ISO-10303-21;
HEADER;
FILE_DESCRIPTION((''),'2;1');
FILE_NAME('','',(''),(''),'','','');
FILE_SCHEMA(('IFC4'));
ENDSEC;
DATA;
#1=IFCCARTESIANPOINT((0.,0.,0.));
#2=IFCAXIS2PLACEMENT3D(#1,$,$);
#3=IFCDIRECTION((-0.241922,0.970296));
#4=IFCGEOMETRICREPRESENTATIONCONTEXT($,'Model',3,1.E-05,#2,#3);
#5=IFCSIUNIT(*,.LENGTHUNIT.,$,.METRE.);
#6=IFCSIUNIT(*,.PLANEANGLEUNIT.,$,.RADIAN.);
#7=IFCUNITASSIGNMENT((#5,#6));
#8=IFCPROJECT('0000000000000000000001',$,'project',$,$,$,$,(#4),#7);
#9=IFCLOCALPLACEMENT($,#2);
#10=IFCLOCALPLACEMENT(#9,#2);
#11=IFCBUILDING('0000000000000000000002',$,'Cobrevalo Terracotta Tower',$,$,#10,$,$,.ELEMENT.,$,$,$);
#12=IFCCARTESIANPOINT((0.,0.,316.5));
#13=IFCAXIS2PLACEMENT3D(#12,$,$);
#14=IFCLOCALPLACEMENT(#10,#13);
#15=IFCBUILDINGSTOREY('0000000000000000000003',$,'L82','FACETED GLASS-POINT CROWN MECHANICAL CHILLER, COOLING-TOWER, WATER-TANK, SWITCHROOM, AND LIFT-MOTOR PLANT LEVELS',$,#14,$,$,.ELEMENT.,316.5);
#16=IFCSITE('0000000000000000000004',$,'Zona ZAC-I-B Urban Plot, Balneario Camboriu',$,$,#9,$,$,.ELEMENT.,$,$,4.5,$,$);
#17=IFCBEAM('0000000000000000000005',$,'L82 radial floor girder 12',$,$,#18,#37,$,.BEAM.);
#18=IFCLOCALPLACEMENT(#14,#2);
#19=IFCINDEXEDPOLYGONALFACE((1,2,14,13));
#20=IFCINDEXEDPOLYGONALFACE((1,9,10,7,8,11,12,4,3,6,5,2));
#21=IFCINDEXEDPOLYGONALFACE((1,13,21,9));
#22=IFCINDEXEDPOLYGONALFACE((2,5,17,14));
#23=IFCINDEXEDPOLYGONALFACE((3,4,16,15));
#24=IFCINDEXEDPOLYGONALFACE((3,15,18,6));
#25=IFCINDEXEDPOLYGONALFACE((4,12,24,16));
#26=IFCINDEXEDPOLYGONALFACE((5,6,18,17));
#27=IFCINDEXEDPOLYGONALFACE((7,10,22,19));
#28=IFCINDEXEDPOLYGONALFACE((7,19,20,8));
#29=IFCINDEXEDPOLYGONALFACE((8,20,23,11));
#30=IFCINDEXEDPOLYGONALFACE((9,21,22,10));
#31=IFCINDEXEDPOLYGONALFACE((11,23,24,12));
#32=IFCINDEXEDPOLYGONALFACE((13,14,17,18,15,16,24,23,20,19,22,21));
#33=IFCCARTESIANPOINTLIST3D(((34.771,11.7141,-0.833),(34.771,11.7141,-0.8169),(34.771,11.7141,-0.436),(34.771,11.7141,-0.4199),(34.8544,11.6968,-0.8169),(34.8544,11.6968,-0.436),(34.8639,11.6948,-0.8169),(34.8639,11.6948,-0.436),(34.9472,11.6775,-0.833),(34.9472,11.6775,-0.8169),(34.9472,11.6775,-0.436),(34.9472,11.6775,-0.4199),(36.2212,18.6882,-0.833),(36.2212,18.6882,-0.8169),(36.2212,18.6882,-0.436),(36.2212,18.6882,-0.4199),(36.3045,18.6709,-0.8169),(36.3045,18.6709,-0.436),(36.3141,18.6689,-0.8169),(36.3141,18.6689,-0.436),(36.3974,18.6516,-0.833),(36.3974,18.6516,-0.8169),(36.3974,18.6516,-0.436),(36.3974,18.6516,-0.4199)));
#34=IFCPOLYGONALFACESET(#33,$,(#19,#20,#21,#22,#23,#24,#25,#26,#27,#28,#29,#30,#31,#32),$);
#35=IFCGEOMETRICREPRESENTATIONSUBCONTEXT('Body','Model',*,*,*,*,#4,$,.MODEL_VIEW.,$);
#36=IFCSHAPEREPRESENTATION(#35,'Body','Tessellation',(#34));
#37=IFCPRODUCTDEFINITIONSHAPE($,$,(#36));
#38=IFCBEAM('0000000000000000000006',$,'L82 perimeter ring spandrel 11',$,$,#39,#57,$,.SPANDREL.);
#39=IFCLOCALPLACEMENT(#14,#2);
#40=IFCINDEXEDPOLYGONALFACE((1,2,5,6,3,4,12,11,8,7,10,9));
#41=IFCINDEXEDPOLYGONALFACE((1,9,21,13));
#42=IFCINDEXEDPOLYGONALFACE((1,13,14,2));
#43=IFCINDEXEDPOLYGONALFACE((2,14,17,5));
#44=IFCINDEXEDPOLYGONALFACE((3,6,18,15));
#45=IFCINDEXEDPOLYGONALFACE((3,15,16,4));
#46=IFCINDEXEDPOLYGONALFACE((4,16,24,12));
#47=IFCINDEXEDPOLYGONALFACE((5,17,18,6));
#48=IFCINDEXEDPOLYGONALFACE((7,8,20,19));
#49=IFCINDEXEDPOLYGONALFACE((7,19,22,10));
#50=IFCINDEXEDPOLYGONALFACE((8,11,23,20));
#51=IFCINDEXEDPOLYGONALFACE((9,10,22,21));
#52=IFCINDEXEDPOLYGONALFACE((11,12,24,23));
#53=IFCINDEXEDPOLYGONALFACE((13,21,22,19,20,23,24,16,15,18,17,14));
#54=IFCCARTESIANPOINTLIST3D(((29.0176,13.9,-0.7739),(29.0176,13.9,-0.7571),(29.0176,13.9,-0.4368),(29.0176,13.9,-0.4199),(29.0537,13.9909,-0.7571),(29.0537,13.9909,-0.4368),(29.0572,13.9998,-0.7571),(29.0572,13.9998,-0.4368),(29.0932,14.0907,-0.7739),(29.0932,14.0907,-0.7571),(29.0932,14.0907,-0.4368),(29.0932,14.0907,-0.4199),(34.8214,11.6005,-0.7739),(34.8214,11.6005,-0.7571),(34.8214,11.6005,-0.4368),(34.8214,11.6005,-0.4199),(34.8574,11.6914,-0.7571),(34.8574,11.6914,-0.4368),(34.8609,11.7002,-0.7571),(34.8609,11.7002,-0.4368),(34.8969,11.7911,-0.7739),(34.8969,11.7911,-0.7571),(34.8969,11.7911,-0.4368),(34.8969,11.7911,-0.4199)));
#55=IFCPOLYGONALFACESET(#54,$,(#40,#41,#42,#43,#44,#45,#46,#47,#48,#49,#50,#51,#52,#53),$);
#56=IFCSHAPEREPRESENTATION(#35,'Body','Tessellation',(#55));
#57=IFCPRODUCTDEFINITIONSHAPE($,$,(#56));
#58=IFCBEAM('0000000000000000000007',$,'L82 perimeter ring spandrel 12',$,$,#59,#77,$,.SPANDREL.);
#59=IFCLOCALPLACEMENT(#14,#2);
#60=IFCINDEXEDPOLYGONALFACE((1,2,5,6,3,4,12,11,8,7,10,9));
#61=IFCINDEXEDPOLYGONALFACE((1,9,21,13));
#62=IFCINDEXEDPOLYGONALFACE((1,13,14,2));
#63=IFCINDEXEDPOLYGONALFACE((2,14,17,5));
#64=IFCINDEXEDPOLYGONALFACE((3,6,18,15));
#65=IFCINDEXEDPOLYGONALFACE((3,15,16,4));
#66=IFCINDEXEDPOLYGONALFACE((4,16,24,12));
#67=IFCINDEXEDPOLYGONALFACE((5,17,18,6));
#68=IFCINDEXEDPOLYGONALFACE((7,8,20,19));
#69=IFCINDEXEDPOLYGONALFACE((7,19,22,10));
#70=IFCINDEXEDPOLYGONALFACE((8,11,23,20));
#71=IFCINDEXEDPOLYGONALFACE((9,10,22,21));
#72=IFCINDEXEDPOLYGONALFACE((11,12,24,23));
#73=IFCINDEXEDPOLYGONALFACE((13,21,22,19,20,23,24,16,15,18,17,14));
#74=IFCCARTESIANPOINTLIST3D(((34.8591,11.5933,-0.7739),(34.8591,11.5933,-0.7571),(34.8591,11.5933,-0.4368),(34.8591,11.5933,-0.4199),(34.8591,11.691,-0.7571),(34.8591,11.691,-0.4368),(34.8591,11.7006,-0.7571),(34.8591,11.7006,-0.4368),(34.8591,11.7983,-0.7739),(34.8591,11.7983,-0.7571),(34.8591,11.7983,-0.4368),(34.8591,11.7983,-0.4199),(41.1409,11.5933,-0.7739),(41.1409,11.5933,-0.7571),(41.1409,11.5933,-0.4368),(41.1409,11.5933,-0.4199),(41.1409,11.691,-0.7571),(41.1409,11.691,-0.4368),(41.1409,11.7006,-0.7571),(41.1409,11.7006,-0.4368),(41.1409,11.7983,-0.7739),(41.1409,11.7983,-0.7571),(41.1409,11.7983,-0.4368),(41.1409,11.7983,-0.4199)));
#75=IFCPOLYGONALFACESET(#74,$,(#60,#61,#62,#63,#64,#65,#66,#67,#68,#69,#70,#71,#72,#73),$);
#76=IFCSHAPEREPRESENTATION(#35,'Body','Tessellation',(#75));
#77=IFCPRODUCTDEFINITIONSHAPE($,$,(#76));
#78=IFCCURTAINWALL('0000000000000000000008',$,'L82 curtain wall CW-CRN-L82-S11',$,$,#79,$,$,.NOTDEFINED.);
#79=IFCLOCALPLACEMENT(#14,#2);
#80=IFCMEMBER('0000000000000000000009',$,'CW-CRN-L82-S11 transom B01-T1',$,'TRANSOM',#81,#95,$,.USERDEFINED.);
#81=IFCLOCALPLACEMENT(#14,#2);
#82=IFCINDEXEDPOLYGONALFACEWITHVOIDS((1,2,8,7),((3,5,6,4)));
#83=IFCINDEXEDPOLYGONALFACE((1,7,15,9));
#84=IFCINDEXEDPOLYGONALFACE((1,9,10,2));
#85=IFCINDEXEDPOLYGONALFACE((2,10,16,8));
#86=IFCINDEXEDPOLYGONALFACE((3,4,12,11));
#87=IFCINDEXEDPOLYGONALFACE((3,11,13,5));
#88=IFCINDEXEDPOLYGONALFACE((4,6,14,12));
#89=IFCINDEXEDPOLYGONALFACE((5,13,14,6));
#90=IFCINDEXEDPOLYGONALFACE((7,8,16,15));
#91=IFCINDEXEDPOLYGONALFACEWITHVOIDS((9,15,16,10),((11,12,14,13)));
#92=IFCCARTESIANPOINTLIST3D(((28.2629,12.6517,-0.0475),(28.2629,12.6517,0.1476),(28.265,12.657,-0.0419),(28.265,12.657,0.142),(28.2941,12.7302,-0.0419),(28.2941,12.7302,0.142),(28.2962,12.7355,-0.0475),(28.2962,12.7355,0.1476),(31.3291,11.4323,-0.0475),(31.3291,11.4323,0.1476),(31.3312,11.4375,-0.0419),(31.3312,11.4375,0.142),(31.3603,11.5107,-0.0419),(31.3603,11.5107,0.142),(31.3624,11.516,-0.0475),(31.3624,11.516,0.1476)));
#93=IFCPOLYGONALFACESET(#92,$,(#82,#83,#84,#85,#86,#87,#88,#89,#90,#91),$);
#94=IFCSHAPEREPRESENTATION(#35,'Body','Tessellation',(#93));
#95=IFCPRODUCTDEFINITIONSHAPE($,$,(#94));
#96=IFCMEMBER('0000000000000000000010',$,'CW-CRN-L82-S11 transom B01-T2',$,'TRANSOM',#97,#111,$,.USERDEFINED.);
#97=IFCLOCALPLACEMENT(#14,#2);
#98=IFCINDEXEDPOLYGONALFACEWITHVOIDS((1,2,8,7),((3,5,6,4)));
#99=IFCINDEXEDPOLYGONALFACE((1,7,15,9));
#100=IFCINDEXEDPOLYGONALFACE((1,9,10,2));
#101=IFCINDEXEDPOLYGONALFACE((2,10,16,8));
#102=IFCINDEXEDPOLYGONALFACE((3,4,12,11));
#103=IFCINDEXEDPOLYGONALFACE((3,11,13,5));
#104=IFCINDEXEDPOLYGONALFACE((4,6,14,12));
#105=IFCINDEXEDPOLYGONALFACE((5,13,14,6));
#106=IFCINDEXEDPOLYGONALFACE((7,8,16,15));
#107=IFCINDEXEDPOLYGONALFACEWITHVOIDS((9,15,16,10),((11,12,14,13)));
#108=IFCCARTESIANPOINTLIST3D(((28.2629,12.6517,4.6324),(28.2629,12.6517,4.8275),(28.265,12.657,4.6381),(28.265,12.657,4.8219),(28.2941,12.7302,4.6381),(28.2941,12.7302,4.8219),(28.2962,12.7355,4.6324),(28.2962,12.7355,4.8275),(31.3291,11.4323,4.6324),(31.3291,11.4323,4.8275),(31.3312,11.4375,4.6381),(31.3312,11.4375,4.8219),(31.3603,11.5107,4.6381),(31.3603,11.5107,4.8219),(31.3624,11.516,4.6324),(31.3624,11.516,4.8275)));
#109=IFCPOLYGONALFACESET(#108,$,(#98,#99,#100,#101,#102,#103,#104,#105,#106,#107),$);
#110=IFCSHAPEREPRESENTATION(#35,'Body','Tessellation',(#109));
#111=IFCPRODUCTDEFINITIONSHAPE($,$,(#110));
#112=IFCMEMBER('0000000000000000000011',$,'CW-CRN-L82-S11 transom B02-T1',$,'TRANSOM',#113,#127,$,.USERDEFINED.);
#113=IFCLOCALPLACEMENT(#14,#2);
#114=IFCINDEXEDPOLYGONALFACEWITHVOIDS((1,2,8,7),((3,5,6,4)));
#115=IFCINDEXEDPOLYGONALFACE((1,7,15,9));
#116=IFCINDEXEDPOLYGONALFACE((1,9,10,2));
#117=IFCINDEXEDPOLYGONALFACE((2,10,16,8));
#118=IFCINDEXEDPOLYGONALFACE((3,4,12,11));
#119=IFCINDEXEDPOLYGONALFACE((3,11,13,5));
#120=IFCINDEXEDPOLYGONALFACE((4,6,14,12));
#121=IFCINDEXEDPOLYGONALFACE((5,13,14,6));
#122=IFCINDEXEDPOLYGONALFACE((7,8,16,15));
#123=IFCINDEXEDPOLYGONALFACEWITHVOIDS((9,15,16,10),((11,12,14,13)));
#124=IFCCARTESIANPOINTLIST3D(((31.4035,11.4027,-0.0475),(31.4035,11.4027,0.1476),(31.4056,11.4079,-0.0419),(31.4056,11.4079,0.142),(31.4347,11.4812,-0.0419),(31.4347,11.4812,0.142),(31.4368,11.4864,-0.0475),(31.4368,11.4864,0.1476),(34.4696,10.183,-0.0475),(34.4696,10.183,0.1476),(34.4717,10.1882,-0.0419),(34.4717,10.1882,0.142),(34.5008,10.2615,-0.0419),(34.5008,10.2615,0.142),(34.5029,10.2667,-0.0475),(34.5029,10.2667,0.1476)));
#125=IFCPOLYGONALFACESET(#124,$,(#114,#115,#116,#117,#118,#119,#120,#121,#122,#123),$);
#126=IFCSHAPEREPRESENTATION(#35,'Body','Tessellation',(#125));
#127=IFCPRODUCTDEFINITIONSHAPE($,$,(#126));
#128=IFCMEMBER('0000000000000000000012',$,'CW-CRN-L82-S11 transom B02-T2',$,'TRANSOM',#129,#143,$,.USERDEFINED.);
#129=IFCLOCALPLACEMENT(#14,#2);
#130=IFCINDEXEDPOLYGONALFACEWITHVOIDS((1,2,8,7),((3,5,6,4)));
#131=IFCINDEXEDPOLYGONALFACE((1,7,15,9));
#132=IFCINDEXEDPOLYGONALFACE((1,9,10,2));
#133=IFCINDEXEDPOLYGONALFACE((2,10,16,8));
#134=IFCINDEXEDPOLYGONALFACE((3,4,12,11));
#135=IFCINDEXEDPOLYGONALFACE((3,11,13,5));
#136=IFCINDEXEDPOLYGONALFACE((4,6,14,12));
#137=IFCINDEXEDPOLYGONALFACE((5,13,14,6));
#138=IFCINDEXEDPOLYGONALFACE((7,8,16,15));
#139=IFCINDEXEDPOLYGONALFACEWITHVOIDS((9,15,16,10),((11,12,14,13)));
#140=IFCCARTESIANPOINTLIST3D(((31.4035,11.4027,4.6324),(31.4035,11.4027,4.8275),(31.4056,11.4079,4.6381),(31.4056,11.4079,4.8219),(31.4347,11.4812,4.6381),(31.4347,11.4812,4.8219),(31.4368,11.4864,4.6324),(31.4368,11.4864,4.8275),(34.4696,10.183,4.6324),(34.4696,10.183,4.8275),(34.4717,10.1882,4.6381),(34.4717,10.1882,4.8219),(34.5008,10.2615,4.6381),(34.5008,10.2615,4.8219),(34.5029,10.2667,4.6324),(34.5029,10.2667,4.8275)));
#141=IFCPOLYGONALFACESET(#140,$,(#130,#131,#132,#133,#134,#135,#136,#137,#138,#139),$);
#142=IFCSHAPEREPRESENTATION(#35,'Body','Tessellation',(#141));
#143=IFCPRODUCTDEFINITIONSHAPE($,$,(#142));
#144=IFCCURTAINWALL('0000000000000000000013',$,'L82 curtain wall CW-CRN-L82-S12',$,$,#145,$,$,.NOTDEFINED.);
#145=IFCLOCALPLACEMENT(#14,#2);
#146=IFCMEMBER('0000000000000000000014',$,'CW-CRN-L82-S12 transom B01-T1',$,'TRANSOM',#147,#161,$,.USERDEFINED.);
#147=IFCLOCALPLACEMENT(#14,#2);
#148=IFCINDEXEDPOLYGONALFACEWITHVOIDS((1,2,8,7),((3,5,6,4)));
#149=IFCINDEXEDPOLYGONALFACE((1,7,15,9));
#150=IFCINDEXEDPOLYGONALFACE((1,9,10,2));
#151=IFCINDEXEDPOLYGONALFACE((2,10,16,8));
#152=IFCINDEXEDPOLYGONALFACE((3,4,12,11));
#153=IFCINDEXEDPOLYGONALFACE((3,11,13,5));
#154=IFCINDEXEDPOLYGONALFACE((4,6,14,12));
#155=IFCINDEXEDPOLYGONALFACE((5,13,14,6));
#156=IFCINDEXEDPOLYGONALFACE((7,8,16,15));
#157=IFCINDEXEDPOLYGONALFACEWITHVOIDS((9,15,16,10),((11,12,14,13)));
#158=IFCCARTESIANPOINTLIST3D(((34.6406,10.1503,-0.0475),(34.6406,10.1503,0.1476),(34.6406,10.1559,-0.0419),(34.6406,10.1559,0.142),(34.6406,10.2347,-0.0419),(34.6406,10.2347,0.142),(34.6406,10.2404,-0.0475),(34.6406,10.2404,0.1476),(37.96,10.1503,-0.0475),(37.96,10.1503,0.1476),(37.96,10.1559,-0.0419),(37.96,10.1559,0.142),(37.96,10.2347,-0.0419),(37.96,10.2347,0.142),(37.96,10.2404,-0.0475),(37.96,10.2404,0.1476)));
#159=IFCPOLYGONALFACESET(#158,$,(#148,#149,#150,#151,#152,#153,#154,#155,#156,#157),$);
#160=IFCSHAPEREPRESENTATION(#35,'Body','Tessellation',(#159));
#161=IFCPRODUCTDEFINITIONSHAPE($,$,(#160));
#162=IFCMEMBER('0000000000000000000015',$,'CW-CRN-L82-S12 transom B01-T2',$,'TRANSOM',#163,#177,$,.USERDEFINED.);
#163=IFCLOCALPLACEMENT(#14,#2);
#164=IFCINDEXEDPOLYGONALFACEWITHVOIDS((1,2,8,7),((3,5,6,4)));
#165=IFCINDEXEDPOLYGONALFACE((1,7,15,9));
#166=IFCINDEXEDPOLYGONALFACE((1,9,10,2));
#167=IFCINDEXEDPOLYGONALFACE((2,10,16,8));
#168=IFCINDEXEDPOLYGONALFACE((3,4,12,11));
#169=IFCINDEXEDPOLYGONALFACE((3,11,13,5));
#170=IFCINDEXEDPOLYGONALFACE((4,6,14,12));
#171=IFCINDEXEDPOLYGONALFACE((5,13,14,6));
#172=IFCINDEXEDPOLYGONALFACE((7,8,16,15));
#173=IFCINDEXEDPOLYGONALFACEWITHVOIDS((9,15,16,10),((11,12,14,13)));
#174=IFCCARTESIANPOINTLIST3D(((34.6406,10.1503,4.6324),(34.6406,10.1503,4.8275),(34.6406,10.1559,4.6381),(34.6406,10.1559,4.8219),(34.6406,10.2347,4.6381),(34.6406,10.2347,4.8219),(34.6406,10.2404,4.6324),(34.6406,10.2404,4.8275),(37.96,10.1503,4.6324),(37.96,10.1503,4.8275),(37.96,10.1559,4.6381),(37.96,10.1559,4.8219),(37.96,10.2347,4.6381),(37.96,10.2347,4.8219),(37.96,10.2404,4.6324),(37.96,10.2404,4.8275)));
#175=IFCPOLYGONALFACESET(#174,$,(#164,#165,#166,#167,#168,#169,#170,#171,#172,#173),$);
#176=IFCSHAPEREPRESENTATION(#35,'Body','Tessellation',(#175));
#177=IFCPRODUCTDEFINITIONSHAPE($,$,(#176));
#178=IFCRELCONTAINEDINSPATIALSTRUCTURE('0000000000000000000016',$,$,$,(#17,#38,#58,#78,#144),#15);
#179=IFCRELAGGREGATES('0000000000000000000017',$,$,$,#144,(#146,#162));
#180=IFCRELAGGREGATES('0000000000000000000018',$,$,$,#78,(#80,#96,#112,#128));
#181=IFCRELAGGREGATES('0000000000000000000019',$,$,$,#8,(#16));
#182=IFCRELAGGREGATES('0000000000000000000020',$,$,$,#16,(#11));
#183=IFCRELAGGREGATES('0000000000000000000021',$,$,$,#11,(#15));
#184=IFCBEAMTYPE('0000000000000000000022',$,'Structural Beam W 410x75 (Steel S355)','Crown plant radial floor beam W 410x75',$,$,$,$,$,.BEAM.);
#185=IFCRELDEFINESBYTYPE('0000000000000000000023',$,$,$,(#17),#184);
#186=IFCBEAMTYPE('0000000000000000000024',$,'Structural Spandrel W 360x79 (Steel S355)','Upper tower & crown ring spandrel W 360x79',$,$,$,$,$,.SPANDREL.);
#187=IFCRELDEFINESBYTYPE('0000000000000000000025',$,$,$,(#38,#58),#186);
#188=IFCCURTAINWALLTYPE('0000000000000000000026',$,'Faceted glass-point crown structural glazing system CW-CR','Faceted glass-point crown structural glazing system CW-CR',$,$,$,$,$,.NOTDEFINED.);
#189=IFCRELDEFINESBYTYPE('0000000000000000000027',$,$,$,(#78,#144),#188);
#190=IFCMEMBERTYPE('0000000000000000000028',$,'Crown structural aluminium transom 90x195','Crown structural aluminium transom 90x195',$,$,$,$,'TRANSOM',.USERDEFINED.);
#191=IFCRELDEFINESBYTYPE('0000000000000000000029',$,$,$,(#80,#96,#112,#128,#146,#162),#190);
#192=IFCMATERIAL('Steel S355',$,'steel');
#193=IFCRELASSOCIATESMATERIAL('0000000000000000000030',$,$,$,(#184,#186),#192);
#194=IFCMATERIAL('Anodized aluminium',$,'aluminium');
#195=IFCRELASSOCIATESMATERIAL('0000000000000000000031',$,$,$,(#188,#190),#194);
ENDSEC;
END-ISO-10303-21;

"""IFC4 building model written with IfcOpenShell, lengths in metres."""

from ifc_helpers import new_model, si_unit, direction, frame, origin, origin_2d, place, context, subcontext, project, spatial, hollow_rectangle, i_section, extrude, source, transform, mapped, material, material_profile, profile_set, type_object, element, aggregate, save


model = new_model("IFC4")

# Units and contexts
model_context = context("Model", 3, precision=1e-05, world=origin(), true_north=direction((-0.241922, 0.970296)))
body_context = subcontext(model_context, "Body", "Model", "MODEL_VIEW")
ifc_project = project(units=[si_unit("LENGTHUNIT", "METRE"), si_unit("PLANEANGLEUNIT", "RADIAN")], contexts=[model_context])

# Site, building, storey
site_placement = place(None, origin())
site = spatial("IfcSite", under=ifc_project, at=site_placement, Name="Zona ZAC-I-B Urban Plot, Balneario Camboriu", CompositionType="ELEMENT", RefElevation=4.5)
building_placement = place(site_placement, origin())
building = spatial("IfcBuilding", under=site, at=building_placement, Name="Cobrevalo Terracotta Tower", CompositionType="ELEMENT")
storey_placement = place(building_placement, frame((0.0, 0.0, 316.5)))
storey = spatial("IfcBuildingStorey", under=building, at=storey_placement, Name="L82", Description="FACETED GLASS-POINT CROWN MECHANICAL CHILLER, COOLING-TOWER, WATER-TANK, SWITCHROOM, AND LIFT-MOTOR PLANT LEVELS", CompositionType="ELEMENT", Elevation=316.5)

# Shared definitions
ifc_material_1 = material(Name="Steel S355", Category="steel")

# Beams
ifc_material_profile_1 = material_profile(ifc_material_1, i_section(OverallWidth=0.1799, OverallDepth=0.4131, WebThickness=0.0098, FlangeThickness=0.0161, at=origin_2d()), Name="W 410x75")
ifc_profile_set_1 = profile_set([ifc_material_profile_1], Name="Steel S355")
beam_type_1 = type_object("IfcBeamType", Name="Structural Beam W 410x75 (Steel S355)", Description="Crown plant radial floor beam W 410x75", PredefinedType="BEAM", material=ifc_profile_set_1)
beam_1_placement = place(storey_placement, frame((34.8591, 11.6958, -0.6265), z_axis=(0.203585, 0.979057, 0.0), x_axis=(-0.979057, 0.203585, 0.0)))
element("IfcBeam", 1, at=beam_1_placement, inside=storey, type_object=beam_type_1, Name="L82 radial floor girder 12", PredefinedType="BEAM", context=body_context, shape_type="SweptSolid", body=[
    extrude(i_section(OverallWidth=0.1799, OverallDepth=0.4131, WebThickness=0.0098, FlangeThickness=0.0161, at=origin_2d()), origin(), (0.0, 0.0, 1.0), 7.1233),
])
ifc_material_profile_2 = material_profile(ifc_material_1, i_section(OverallWidth=0.2051, OverallDepth=0.354, WebThickness=0.0095, FlangeThickness=0.0168, at=origin_2d()), Name="W 360x79")
ifc_profile_set_2 = profile_set([ifc_material_profile_2], Name="Steel S355")
beam_type_2 = type_object("IfcBeamType", Name="Structural Spandrel W 360x79 (Steel S355)", Description="Upper tower & crown ring spandrel W 360x79", PredefinedType="SPANDREL", material=ifc_profile_set_2)
beam_2_placement = place(storey_placement, frame((29.0554, 13.9954, -0.5969), z_axis=(0.929683, -0.368361, 0.0), x_axis=(0.368361, 0.929683, 0.0)))
element("IfcBeam", 2, at=beam_2_placement, inside=storey, type_object=beam_type_2, Name="L82 perimeter ring spandrel 11", PredefinedType="SPANDREL", context=body_context, shape_type="SweptSolid", body=[
    extrude(i_section(OverallWidth=0.2051, OverallDepth=0.354, WebThickness=0.0095, FlangeThickness=0.0168, at=origin_2d()), origin(), (0.0, 0.0, 1.0), 6.2427),
])
beam_3_placement = place(storey_placement, frame((34.8591, 11.6958, -0.5969), z_axis=(1.0, 0.0, 0.0), x_axis=(0.0, 1.0, 0.0)))
element("IfcBeam", 3, at=beam_3_placement, inside=storey, type_object=beam_type_2, Name="L82 perimeter ring spandrel 12", PredefinedType="SPANDREL", context=body_context, shape_type="SweptSolid", body=[
    extrude(i_section(OverallWidth=0.2051, OverallDepth=0.354, WebThickness=0.0095, FlangeThickness=0.0168, at=origin_2d()), origin(), (0.0, 0.0, 1.0), 6.2817),
])

# Curtain walls, members
ifc_material_2 = material(Name="Anodized aluminium", Category="aluminium")
curtain_wall_type = type_object("IfcCurtainWallType", Name="Faceted glass-point crown structural glazing system CW-CR", Description="Faceted glass-point crown structural glazing system CW-CR", PredefinedType="NOTDEFINED", material=ifc_material_2)
curtain_wall_1_placement = place(storey_placement, origin())
curtain_wall_1 = element("IfcCurtainWall", 4, at=curtain_wall_1_placement, inside=storey, type_object=curtain_wall_type, Name="L82 curtain wall CW-CRN-L82-S11", PredefinedType="NOTDEFINED")
ifc_material_profile_3 = material_profile(ifc_material_2, hollow_rectangle(XDim=0.0901, YDim=0.1951, WallThickness=0.0056, at=origin_2d()), Name="CWT 90x195")
ifc_profile_set_3 = profile_set([ifc_material_profile_3], Name="Anodized aluminium")
member_type_1 = type_object("IfcMemberType", Name="Crown structural aluminium transom 90x195", Description="Crown structural aluminium transom 90x195", ElementType="TRANSOM", PredefinedType="USERDEFINED", material=ifc_profile_set_3)
shared_shape_1 = source(origin(), body_context, "Body", "SweptSolid", [
    extrude(hollow_rectangle(XDim=0.0901, YDim=0.1951, WallThickness=0.0056, at=origin_2d()), origin(), (0.0, 0.0, 1.0), 3.2998),
])
member_1_placement = place(storey_placement, frame((28.2795, 12.6936, 0.05), z_axis=(0.929205, -0.369566, 0.0), x_axis=(0.369566, 0.929205, 0.0)))
member_1 = element("IfcMember", 5, at=member_1_placement, type_object=member_type_1, Name="CW-CRN-L82-S11 transom B01-T1", ObjectType="TRANSOM", PredefinedType="USERDEFINED", context=body_context, shape_type="MappedRepresentation", body=[
    mapped(shared_shape_1, transform((0.0, 0.0, 0.0), scale=1.0)),
])
member_2_placement = place(storey_placement, frame((28.2795, 12.6936, 4.73), z_axis=(0.929205, -0.369566, 0.0), x_axis=(0.369566, 0.929205, 0.0)))
member_2 = element("IfcMember", 6, at=member_2_placement, type_object=member_type_1, Name="CW-CRN-L82-S11 transom B01-T2", ObjectType="TRANSOM", PredefinedType="USERDEFINED", context=body_context, shape_type="MappedRepresentation", body=[
    mapped(shared_shape_1, transform((0.0, 0.0, 0.0), scale=1.0)),
])
member_3_placement = place(storey_placement, frame((31.4202, 11.4446, 0.05), z_axis=(0.929179, -0.36963, 0.0), x_axis=(0.36963, 0.929179, 0.0)))
member_3 = element("IfcMember", 7, at=member_3_placement, type_object=member_type_1, Name="CW-CRN-L82-S11 transom B02-T1", ObjectType="TRANSOM", PredefinedType="USERDEFINED", context=body_context, shape_type="MappedRepresentation", body=[
    mapped(shared_shape_1, transform((0.0, 0.0, 0.0), scale=1.0)),
])
member_4_placement = place(storey_placement, frame((31.4202, 11.4446, 4.73), z_axis=(0.929179, -0.36963, 0.0), x_axis=(0.36963, 0.929179, 0.0)))
member_4 = element("IfcMember", 8, at=member_4_placement, type_object=member_type_1, Name="CW-CRN-L82-S11 transom B02-T2", ObjectType="TRANSOM", PredefinedType="USERDEFINED", context=body_context, shape_type="MappedRepresentation", body=[
    mapped(shared_shape_1, transform((0.0, 0.0, 0.0), scale=1.0)),
])
curtain_wall_2_placement = place(storey_placement, origin())
curtain_wall_2 = element("IfcCurtainWall", 9, at=curtain_wall_2_placement, inside=storey, type_object=curtain_wall_type, Name="L82 curtain wall CW-CRN-L82-S12", PredefinedType="NOTDEFINED")
shared_shape_2 = source(origin(), body_context, "Body", "SweptSolid", [
    extrude(hollow_rectangle(XDim=0.0901, YDim=0.1951, WallThickness=0.0056, at=origin_2d()), origin(), (0.0, 0.0, 1.0), 3.3193),
])
member_5_placement = place(storey_placement, frame((34.6406, 10.1953, 0.05), z_axis=(1.0, 0.0, 0.0), x_axis=(0.0, 1.0, 0.0)))
member_5 = element("IfcMember", 10, at=member_5_placement, type_object=member_type_1, Name="CW-CRN-L82-S12 transom B01-T1", ObjectType="TRANSOM", PredefinedType="USERDEFINED", context=body_context, shape_type="MappedRepresentation", body=[
    mapped(shared_shape_2, transform((0.0, 0.0, 0.0), scale=1.0)),
])
member_6_placement = place(storey_placement, frame((34.6406, 10.1953, 4.73), z_axis=(1.0, 0.0, 0.0), x_axis=(0.0, 1.0, 0.0)))
member_6 = element("IfcMember", 11, at=member_6_placement, type_object=member_type_1, Name="CW-CRN-L82-S12 transom B01-T2", ObjectType="TRANSOM", PredefinedType="USERDEFINED", context=body_context, shape_type="MappedRepresentation", body=[
    mapped(shared_shape_2, transform((0.0, 0.0, 0.0), scale=1.0)),
])

aggregate(curtain_wall_2, [member_5, member_6])

aggregate(curtain_wall_1, [member_1, member_2, member_3, member_4])

save(model, "model.ifc")
